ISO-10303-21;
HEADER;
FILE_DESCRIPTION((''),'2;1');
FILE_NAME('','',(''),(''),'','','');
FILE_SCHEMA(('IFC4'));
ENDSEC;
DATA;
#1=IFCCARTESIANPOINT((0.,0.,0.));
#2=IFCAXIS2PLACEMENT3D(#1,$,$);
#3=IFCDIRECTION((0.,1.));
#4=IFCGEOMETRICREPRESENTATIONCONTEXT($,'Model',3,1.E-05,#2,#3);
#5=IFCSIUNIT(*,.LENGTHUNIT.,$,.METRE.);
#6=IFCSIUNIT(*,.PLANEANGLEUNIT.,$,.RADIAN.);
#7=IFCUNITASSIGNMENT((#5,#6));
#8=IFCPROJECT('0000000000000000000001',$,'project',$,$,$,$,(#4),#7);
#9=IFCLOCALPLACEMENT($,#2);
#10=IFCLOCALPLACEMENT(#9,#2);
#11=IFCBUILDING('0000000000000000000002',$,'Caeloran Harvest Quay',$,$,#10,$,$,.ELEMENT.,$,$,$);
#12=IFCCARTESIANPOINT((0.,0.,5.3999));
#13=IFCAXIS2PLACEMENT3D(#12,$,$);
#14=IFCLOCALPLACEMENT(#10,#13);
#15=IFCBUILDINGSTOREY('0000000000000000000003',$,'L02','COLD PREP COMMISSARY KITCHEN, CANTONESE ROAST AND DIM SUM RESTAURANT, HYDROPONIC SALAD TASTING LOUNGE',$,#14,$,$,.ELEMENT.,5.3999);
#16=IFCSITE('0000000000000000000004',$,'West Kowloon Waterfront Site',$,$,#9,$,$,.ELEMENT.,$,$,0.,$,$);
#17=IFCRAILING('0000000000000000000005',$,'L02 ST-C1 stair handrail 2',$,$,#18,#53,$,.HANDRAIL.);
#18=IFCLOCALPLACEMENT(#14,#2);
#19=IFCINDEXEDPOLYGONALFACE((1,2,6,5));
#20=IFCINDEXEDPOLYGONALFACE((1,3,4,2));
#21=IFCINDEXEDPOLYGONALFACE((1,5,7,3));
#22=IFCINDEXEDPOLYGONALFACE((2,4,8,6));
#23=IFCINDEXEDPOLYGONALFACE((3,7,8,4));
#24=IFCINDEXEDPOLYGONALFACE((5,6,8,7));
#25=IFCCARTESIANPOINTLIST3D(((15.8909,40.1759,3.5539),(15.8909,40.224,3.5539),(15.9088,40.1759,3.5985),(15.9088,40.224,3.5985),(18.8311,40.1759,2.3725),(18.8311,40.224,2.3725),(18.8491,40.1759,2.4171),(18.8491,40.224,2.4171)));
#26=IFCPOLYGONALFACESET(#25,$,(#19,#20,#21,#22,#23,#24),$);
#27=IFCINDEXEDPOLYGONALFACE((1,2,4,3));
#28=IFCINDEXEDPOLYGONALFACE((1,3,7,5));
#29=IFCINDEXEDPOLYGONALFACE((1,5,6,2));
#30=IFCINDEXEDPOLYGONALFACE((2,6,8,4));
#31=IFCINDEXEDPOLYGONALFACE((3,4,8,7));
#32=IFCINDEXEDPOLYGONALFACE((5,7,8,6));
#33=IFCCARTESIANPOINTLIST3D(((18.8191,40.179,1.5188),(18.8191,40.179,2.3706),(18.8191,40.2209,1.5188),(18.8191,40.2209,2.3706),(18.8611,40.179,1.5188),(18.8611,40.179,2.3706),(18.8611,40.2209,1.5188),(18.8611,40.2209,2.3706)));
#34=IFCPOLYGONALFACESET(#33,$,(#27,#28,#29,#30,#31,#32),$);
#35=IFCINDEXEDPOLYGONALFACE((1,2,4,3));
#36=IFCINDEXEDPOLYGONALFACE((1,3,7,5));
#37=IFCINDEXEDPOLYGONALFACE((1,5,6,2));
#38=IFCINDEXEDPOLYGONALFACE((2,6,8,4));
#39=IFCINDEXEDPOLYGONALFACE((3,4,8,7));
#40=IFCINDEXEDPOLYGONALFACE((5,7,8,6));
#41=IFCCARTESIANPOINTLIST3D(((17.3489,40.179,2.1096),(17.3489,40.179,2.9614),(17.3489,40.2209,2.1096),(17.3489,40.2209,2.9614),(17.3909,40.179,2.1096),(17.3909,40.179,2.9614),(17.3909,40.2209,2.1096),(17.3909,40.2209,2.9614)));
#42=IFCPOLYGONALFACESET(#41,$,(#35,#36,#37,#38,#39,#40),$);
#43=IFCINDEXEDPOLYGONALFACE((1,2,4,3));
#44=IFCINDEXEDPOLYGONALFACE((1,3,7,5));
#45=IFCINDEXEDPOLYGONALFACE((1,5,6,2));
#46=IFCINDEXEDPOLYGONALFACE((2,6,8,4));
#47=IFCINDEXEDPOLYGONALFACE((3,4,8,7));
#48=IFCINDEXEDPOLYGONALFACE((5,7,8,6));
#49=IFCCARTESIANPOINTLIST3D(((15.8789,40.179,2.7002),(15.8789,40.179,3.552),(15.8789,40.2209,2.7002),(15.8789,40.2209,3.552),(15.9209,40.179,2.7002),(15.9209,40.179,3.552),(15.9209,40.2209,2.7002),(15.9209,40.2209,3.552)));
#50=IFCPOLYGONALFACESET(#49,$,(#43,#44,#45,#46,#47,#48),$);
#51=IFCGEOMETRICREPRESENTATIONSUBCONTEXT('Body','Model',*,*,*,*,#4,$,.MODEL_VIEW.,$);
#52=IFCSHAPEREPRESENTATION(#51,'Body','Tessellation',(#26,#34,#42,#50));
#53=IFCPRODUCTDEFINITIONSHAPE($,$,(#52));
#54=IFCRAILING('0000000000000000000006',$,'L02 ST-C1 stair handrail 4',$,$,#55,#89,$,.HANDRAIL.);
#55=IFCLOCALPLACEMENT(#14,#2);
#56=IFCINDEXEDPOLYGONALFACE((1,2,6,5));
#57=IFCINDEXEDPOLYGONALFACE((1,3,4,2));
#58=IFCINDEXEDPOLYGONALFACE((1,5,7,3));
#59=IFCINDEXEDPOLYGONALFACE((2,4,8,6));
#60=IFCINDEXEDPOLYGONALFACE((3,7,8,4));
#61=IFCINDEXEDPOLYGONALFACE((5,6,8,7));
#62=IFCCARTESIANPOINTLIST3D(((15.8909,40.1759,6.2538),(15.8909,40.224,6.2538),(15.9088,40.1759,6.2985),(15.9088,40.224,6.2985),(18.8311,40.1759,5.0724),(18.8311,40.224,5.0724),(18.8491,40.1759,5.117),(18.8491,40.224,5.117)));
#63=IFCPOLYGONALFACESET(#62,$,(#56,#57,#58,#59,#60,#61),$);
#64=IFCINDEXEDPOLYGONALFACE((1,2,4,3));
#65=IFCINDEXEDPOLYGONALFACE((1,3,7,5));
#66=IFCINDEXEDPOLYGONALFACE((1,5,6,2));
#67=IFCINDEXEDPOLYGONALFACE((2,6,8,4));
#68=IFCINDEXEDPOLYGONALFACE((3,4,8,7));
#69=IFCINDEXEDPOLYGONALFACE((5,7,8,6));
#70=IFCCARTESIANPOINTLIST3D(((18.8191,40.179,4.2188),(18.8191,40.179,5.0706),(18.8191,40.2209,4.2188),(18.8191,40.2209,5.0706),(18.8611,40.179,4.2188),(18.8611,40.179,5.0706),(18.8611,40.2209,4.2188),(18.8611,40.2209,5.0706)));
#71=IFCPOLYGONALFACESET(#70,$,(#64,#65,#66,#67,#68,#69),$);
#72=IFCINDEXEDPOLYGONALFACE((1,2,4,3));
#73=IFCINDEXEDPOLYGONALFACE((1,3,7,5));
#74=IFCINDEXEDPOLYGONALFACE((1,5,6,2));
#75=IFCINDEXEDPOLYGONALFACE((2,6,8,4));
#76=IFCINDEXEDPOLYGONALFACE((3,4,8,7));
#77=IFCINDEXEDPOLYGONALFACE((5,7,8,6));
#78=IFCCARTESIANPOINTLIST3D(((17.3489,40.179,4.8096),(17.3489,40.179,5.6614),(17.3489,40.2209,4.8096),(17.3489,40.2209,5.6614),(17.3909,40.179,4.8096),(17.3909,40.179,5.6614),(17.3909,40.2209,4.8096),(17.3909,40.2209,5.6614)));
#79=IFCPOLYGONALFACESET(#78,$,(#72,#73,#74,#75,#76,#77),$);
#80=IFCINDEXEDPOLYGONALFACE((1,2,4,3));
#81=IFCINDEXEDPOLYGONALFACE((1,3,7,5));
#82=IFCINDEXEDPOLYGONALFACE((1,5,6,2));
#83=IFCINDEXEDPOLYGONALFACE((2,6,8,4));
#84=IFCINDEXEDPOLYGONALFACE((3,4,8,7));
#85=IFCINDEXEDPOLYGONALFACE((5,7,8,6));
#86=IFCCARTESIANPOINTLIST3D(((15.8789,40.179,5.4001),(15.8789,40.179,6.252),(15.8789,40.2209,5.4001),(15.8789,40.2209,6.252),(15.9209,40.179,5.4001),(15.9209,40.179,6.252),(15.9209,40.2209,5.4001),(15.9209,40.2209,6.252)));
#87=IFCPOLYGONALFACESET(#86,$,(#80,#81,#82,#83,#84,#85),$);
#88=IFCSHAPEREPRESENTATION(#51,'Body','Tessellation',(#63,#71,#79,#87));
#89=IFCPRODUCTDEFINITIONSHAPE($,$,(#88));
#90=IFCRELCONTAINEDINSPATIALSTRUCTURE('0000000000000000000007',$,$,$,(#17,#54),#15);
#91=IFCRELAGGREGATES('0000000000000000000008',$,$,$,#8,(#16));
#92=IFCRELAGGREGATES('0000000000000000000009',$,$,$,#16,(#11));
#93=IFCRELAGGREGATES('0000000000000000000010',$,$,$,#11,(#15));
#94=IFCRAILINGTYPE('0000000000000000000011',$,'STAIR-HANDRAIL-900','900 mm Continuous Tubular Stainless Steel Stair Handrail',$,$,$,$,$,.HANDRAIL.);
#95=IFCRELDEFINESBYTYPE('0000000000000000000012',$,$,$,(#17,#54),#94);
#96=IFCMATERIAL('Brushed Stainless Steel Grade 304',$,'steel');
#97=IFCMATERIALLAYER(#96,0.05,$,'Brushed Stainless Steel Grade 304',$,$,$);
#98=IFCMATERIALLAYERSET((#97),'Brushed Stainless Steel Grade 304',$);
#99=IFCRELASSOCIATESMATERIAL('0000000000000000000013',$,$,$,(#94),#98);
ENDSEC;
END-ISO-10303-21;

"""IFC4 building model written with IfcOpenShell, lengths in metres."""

from ifc_helpers import new_model, si_unit, direction, frame, origin, origin_2d, place, context, subcontext, project, spatial, rectangle, extrude, material, layer, layer_set, type_object, element, save


model = new_model("IFC4")

# Units and contexts
model_context = context("Model", 3, precision=1e-05, world=origin(), true_north=direction((0.0, 1.0)))
body_context = subcontext(model_context, "Body", "Model", "MODEL_VIEW")
ifc_project = project(units=[si_unit("LENGTHUNIT", "METRE"), si_unit("PLANEANGLEUNIT", "RADIAN")], contexts=[model_context])

# Site, building, storey
site_placement = place(None, origin())
site = spatial("IfcSite", under=ifc_project, at=site_placement, Name="West Kowloon Waterfront Site", CompositionType="ELEMENT", RefElevation=0.0)
building_placement = place(site_placement, origin())
building = spatial("IfcBuilding", under=site, at=building_placement, Name="Caeloran Harvest Quay", CompositionType="ELEMENT")
storey_placement = place(building_placement, frame((0.0, 0.0, 5.3999)))
storey = spatial("IfcBuildingStorey", under=building, at=storey_placement, Name="L02", Description="COLD PREP COMMISSARY KITCHEN, CANTONESE ROAST AND DIM SUM RESTAURANT, HYDROPONIC SALAD TASTING LOUNGE", CompositionType="ELEMENT", Elevation=5.3999)

# Railings
ifc_material_1 = material(Name="Brushed Stainless Steel Grade 304", Category="steel")
ifc_layer_1 = layer(ifc_material_1, 0.05, Name="Brushed Stainless Steel Grade 304")
ifc_layer_set_1 = layer_set([ifc_layer_1], Name="Brushed Stainless Steel Grade 304")
railing_type = type_object("IfcRailingType", Name="STAIR-HANDRAIL-900", Description="900 mm Continuous Tubular Stainless Steel Stair Handrail", PredefinedType="HANDRAIL", material=ifc_layer_set_1)
for number, where, name in (
    (1, (18.8401, 40.2, 1.5188), "L02 ST-C1 stair handrail 2"),
    (2, (18.8401, 40.2, 4.2188), "L02 ST-C1 stair handrail 4"),
):
    element("IfcRailing", number, at=place(storey_placement, frame(where)), inside=storey, type_object=railing_type, Name=name, PredefinedType="HANDRAIL", context=body_context, shape_type="SweptSolid", body=[
        extrude(rectangle(XDim=0.0481, YDim=0.0481, at=origin_2d()), frame((0.0, 0.0, 0.876), z_axis=(-0.927896, 0.0, 0.372838), x_axis=(0.0, -1.0, 0.0)), (0.0, 0.0, 1.0), 3.1687),
        extrude(rectangle(XDim=0.042, YDim=0.042, at=origin_2d()), origin(), (0.0, 0.0, 1.0), 0.8518),
        extrude(rectangle(XDim=0.042, YDim=0.042, at=origin_2d()), frame((-1.4702, 0.0, 0.5908)), (0.0, 0.0, 1.0), 0.8518),
        extrude(rectangle(XDim=0.042, YDim=0.042, at=origin_2d()), frame((-2.9402, 0.0, 1.1814)), (0.0, 0.0, 1.0), 0.8518),
    ])

save(model, "model.ifc")
